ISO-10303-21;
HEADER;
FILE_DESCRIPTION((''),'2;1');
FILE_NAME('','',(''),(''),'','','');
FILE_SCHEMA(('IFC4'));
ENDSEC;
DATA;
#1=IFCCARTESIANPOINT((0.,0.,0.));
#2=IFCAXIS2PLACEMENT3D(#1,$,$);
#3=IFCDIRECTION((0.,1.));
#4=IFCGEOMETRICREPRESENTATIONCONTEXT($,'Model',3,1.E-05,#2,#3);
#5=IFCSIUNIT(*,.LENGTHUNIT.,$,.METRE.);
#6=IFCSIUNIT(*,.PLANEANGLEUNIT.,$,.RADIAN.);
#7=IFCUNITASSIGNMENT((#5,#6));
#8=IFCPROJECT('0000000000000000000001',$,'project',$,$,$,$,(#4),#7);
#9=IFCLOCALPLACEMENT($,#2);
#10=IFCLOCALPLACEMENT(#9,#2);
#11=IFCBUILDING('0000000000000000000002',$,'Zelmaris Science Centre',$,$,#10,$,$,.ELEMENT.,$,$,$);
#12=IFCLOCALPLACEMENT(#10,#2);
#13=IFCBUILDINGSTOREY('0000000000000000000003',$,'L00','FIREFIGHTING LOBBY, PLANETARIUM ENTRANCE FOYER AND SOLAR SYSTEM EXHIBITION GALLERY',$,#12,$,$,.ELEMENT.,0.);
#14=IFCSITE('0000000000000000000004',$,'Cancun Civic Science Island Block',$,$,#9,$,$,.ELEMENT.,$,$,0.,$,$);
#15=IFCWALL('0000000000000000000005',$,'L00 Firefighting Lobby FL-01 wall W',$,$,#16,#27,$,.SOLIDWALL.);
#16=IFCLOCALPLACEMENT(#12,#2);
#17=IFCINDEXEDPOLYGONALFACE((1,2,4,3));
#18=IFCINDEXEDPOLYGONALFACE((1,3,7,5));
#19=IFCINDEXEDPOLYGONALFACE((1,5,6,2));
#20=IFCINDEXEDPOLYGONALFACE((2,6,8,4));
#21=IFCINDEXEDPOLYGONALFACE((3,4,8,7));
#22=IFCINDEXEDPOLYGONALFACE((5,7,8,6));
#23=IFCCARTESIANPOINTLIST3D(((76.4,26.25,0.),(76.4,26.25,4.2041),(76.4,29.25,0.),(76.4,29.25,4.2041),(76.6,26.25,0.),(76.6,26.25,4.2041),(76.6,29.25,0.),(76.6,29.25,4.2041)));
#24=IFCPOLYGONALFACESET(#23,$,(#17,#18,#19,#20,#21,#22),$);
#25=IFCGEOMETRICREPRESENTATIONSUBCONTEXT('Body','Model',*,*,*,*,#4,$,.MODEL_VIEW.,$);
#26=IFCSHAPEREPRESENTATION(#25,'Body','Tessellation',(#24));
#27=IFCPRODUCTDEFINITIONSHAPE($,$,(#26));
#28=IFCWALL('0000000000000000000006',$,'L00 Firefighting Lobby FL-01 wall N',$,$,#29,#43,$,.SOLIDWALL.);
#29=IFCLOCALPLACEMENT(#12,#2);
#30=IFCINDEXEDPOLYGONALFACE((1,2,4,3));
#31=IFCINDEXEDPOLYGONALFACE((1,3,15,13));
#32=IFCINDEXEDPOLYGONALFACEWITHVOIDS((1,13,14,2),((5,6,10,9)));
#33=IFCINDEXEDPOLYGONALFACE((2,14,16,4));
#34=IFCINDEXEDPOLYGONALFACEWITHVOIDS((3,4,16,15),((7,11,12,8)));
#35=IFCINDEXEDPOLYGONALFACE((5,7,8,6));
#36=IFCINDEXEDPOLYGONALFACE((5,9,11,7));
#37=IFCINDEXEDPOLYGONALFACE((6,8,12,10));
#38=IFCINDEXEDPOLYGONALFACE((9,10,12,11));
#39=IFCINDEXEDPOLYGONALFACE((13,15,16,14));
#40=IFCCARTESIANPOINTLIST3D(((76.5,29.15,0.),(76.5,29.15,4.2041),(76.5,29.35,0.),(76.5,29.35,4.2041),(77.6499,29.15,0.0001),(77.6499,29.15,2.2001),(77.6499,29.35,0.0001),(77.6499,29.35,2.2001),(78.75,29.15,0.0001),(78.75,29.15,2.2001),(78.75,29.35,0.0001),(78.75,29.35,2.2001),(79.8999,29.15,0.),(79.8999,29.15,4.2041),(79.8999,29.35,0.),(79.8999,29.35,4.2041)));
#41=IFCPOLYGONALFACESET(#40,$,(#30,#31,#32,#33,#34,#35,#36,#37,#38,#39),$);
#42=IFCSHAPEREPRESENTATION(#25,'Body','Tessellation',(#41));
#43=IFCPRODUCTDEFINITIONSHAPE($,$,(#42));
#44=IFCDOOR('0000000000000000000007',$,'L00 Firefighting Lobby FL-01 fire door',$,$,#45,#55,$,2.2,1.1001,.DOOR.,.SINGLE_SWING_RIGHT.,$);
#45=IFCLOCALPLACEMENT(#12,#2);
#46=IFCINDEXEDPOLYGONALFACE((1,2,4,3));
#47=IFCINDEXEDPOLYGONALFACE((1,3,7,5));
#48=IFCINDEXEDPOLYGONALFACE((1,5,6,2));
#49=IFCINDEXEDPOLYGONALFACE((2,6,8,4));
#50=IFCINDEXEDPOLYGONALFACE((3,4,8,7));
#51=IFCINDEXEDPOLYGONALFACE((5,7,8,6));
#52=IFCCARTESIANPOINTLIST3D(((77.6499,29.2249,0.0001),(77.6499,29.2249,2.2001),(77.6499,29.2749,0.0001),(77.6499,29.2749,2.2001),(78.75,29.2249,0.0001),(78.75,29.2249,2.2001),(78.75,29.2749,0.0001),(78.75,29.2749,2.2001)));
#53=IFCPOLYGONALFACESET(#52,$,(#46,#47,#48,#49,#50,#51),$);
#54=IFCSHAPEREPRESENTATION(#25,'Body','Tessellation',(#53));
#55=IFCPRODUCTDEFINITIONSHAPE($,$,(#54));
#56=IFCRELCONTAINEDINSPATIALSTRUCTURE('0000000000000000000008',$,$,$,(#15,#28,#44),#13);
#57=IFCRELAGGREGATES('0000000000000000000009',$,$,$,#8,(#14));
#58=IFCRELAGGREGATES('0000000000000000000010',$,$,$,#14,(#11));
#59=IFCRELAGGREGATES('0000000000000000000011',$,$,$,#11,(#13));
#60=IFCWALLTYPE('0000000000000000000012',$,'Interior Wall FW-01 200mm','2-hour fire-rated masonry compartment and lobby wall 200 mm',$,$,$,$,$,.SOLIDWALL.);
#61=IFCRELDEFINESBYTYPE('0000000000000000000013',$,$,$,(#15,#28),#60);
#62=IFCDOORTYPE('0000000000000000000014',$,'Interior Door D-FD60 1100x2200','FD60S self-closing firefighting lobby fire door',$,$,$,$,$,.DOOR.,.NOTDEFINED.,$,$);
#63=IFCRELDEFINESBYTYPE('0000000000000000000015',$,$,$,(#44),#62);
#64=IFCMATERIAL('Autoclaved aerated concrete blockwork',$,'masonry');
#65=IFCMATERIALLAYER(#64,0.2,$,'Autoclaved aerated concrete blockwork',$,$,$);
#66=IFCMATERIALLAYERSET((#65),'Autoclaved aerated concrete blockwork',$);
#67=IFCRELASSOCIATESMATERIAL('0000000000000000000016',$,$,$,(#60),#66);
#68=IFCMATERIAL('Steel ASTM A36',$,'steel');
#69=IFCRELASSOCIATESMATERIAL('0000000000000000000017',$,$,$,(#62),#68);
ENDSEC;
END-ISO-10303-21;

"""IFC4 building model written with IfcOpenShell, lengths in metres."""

from ifc_helpers import new_model, si_unit, direction, frame, frame_2d, origin, place, context, subcontext, project, spatial, rectangle, extrude, material, layer, layer_set, type_object, element, fill, save


model = new_model("IFC4")

# Units and contexts
model_context = context("Model", 3, precision=1e-05, world=origin(), true_north=direction((0.0, 1.0)))
body_context = subcontext(model_context, "Body", "Model", "MODEL_VIEW")
ifc_project = project(units=[si_unit("LENGTHUNIT", "METRE"), si_unit("PLANEANGLEUNIT", "RADIAN")], contexts=[model_context])

# Site, building, storey
site_placement = place(None, origin())
site = spatial("IfcSite", under=ifc_project, at=site_placement, Name="Cancun Civic Science Island Block", CompositionType="ELEMENT", RefElevation=0.0)
building_placement = place(site_placement, origin())
building = spatial("IfcBuilding", under=site, at=building_placement, Name="Zelmaris Science Centre", CompositionType="ELEMENT")
storey_placement = place(building_placement, origin())
storey = spatial("IfcBuildingStorey", under=building, at=storey_placement, Name="L00", Description="FIREFIGHTING LOBBY, PLANETARIUM ENTRANCE FOYER AND SOLAR SYSTEM EXHIBITION GALLERY", CompositionType="ELEMENT", Elevation=0.0)

# Wall
ifc_material_1 = material(Name="Autoclaved aerated concrete blockwork", Category="masonry")
ifc_layer_1 = layer(ifc_material_1, 0.2, Name="Autoclaved aerated concrete blockwork")
ifc_layer_set_1 = layer_set([ifc_layer_1], Name="Autoclaved aerated concrete blockwork")
wall_type_1 = type_object("IfcWallType", Name="Interior Wall FW-01 200mm", Description="2-hour fire-rated masonry compartment and lobby wall 200 mm", PredefinedType="SOLIDWALL", material=ifc_layer_set_1)
wall_1_placement = place(storey_placement, frame((76.5, 26.25, 0.0), z_axis=(0.0, 0.0, 1.0), x_axis=(0.0, 1.0, 0.0)))
element("IfcWall", 1, at=wall_1_placement, inside=storey, type_object=wall_type_1, Name="L00 Firefighting Lobby FL-01 wall W", PredefinedType="SOLIDWALL", context=body_context, shape_type="SweptSolid", body=[
    extrude(rectangle(XDim=3.0, YDim=0.2, at=frame_2d((1.5, 0.0))), origin(), (0.0, 0.0, 1.0), 4.2041),
])

# Wall, opening, door
wall_2_placement = place(storey_placement, frame((76.5, 29.25, 0.0), z_axis=(0.0, 0.0, 1.0), x_axis=(1.0, 0.0, 0.0)))
wall_2 = element("IfcWall", 2, at=wall_2_placement, inside=storey, type_object=wall_type_1, Name="L00 Firefighting Lobby FL-01 wall N", PredefinedType="SOLIDWALL", context=body_context, shape_type="SweptSolid", body=[
    extrude(rectangle(XDim=3.3999, YDim=0.2, at=frame_2d((1.7, 0.0))), origin(), (0.0, 0.0, 1.0), 4.2041),
])
opening_placement = place(wall_2_placement, frame((1.1499, 0.0, 0.0)))
opening = element("IfcOpeningElement", 3, at=opening_placement, cuts=wall_2, PredefinedType="OPENING", context=body_context, shape_type="SweptSolid", body=[
    extrude(rectangle(XDim=1.1001, YDim=2.2, at=frame_2d((0.55, 1.1001))), frame((0.0, 0.1099, 0.0), z_axis=(0.0, -1.0, 0.0), x_axis=(1.0, 0.0, 0.0)), (0.0, 0.0, 1.0), 0.22),
])
ifc_material_2 = material(Name="Steel ASTM A36", Category="steel")
door_type = type_object("IfcDoorType", Name="Interior Door D-FD60 1100x2200", Description="FD60S self-closing firefighting lobby fire door", OperationType="NOTDEFINED", PredefinedType="DOOR", material=ifc_material_2)
door_placement = place(opening_placement, origin())
door = element("IfcDoor", 4, at=door_placement, inside=storey, type_object=door_type, Name="L00 Firefighting Lobby FL-01 fire door", OperationType="SINGLE_SWING_RIGHT", OverallHeight=2.2, OverallWidth=1.1001, PredefinedType="DOOR", context=body_context, shape_type="SweptSolid", body=[
    extrude(rectangle(XDim=1.1001, YDim=2.2, at=frame_2d((0.55, 1.1001))), frame((0.0, 0.0249, 0.0), z_axis=(0.0, -1.0, 0.0), x_axis=(1.0, 0.0, 0.0)), (0.0, 0.0, 1.0), 0.05),
])
fill(opening, door)

save(model, "model.ifc")
